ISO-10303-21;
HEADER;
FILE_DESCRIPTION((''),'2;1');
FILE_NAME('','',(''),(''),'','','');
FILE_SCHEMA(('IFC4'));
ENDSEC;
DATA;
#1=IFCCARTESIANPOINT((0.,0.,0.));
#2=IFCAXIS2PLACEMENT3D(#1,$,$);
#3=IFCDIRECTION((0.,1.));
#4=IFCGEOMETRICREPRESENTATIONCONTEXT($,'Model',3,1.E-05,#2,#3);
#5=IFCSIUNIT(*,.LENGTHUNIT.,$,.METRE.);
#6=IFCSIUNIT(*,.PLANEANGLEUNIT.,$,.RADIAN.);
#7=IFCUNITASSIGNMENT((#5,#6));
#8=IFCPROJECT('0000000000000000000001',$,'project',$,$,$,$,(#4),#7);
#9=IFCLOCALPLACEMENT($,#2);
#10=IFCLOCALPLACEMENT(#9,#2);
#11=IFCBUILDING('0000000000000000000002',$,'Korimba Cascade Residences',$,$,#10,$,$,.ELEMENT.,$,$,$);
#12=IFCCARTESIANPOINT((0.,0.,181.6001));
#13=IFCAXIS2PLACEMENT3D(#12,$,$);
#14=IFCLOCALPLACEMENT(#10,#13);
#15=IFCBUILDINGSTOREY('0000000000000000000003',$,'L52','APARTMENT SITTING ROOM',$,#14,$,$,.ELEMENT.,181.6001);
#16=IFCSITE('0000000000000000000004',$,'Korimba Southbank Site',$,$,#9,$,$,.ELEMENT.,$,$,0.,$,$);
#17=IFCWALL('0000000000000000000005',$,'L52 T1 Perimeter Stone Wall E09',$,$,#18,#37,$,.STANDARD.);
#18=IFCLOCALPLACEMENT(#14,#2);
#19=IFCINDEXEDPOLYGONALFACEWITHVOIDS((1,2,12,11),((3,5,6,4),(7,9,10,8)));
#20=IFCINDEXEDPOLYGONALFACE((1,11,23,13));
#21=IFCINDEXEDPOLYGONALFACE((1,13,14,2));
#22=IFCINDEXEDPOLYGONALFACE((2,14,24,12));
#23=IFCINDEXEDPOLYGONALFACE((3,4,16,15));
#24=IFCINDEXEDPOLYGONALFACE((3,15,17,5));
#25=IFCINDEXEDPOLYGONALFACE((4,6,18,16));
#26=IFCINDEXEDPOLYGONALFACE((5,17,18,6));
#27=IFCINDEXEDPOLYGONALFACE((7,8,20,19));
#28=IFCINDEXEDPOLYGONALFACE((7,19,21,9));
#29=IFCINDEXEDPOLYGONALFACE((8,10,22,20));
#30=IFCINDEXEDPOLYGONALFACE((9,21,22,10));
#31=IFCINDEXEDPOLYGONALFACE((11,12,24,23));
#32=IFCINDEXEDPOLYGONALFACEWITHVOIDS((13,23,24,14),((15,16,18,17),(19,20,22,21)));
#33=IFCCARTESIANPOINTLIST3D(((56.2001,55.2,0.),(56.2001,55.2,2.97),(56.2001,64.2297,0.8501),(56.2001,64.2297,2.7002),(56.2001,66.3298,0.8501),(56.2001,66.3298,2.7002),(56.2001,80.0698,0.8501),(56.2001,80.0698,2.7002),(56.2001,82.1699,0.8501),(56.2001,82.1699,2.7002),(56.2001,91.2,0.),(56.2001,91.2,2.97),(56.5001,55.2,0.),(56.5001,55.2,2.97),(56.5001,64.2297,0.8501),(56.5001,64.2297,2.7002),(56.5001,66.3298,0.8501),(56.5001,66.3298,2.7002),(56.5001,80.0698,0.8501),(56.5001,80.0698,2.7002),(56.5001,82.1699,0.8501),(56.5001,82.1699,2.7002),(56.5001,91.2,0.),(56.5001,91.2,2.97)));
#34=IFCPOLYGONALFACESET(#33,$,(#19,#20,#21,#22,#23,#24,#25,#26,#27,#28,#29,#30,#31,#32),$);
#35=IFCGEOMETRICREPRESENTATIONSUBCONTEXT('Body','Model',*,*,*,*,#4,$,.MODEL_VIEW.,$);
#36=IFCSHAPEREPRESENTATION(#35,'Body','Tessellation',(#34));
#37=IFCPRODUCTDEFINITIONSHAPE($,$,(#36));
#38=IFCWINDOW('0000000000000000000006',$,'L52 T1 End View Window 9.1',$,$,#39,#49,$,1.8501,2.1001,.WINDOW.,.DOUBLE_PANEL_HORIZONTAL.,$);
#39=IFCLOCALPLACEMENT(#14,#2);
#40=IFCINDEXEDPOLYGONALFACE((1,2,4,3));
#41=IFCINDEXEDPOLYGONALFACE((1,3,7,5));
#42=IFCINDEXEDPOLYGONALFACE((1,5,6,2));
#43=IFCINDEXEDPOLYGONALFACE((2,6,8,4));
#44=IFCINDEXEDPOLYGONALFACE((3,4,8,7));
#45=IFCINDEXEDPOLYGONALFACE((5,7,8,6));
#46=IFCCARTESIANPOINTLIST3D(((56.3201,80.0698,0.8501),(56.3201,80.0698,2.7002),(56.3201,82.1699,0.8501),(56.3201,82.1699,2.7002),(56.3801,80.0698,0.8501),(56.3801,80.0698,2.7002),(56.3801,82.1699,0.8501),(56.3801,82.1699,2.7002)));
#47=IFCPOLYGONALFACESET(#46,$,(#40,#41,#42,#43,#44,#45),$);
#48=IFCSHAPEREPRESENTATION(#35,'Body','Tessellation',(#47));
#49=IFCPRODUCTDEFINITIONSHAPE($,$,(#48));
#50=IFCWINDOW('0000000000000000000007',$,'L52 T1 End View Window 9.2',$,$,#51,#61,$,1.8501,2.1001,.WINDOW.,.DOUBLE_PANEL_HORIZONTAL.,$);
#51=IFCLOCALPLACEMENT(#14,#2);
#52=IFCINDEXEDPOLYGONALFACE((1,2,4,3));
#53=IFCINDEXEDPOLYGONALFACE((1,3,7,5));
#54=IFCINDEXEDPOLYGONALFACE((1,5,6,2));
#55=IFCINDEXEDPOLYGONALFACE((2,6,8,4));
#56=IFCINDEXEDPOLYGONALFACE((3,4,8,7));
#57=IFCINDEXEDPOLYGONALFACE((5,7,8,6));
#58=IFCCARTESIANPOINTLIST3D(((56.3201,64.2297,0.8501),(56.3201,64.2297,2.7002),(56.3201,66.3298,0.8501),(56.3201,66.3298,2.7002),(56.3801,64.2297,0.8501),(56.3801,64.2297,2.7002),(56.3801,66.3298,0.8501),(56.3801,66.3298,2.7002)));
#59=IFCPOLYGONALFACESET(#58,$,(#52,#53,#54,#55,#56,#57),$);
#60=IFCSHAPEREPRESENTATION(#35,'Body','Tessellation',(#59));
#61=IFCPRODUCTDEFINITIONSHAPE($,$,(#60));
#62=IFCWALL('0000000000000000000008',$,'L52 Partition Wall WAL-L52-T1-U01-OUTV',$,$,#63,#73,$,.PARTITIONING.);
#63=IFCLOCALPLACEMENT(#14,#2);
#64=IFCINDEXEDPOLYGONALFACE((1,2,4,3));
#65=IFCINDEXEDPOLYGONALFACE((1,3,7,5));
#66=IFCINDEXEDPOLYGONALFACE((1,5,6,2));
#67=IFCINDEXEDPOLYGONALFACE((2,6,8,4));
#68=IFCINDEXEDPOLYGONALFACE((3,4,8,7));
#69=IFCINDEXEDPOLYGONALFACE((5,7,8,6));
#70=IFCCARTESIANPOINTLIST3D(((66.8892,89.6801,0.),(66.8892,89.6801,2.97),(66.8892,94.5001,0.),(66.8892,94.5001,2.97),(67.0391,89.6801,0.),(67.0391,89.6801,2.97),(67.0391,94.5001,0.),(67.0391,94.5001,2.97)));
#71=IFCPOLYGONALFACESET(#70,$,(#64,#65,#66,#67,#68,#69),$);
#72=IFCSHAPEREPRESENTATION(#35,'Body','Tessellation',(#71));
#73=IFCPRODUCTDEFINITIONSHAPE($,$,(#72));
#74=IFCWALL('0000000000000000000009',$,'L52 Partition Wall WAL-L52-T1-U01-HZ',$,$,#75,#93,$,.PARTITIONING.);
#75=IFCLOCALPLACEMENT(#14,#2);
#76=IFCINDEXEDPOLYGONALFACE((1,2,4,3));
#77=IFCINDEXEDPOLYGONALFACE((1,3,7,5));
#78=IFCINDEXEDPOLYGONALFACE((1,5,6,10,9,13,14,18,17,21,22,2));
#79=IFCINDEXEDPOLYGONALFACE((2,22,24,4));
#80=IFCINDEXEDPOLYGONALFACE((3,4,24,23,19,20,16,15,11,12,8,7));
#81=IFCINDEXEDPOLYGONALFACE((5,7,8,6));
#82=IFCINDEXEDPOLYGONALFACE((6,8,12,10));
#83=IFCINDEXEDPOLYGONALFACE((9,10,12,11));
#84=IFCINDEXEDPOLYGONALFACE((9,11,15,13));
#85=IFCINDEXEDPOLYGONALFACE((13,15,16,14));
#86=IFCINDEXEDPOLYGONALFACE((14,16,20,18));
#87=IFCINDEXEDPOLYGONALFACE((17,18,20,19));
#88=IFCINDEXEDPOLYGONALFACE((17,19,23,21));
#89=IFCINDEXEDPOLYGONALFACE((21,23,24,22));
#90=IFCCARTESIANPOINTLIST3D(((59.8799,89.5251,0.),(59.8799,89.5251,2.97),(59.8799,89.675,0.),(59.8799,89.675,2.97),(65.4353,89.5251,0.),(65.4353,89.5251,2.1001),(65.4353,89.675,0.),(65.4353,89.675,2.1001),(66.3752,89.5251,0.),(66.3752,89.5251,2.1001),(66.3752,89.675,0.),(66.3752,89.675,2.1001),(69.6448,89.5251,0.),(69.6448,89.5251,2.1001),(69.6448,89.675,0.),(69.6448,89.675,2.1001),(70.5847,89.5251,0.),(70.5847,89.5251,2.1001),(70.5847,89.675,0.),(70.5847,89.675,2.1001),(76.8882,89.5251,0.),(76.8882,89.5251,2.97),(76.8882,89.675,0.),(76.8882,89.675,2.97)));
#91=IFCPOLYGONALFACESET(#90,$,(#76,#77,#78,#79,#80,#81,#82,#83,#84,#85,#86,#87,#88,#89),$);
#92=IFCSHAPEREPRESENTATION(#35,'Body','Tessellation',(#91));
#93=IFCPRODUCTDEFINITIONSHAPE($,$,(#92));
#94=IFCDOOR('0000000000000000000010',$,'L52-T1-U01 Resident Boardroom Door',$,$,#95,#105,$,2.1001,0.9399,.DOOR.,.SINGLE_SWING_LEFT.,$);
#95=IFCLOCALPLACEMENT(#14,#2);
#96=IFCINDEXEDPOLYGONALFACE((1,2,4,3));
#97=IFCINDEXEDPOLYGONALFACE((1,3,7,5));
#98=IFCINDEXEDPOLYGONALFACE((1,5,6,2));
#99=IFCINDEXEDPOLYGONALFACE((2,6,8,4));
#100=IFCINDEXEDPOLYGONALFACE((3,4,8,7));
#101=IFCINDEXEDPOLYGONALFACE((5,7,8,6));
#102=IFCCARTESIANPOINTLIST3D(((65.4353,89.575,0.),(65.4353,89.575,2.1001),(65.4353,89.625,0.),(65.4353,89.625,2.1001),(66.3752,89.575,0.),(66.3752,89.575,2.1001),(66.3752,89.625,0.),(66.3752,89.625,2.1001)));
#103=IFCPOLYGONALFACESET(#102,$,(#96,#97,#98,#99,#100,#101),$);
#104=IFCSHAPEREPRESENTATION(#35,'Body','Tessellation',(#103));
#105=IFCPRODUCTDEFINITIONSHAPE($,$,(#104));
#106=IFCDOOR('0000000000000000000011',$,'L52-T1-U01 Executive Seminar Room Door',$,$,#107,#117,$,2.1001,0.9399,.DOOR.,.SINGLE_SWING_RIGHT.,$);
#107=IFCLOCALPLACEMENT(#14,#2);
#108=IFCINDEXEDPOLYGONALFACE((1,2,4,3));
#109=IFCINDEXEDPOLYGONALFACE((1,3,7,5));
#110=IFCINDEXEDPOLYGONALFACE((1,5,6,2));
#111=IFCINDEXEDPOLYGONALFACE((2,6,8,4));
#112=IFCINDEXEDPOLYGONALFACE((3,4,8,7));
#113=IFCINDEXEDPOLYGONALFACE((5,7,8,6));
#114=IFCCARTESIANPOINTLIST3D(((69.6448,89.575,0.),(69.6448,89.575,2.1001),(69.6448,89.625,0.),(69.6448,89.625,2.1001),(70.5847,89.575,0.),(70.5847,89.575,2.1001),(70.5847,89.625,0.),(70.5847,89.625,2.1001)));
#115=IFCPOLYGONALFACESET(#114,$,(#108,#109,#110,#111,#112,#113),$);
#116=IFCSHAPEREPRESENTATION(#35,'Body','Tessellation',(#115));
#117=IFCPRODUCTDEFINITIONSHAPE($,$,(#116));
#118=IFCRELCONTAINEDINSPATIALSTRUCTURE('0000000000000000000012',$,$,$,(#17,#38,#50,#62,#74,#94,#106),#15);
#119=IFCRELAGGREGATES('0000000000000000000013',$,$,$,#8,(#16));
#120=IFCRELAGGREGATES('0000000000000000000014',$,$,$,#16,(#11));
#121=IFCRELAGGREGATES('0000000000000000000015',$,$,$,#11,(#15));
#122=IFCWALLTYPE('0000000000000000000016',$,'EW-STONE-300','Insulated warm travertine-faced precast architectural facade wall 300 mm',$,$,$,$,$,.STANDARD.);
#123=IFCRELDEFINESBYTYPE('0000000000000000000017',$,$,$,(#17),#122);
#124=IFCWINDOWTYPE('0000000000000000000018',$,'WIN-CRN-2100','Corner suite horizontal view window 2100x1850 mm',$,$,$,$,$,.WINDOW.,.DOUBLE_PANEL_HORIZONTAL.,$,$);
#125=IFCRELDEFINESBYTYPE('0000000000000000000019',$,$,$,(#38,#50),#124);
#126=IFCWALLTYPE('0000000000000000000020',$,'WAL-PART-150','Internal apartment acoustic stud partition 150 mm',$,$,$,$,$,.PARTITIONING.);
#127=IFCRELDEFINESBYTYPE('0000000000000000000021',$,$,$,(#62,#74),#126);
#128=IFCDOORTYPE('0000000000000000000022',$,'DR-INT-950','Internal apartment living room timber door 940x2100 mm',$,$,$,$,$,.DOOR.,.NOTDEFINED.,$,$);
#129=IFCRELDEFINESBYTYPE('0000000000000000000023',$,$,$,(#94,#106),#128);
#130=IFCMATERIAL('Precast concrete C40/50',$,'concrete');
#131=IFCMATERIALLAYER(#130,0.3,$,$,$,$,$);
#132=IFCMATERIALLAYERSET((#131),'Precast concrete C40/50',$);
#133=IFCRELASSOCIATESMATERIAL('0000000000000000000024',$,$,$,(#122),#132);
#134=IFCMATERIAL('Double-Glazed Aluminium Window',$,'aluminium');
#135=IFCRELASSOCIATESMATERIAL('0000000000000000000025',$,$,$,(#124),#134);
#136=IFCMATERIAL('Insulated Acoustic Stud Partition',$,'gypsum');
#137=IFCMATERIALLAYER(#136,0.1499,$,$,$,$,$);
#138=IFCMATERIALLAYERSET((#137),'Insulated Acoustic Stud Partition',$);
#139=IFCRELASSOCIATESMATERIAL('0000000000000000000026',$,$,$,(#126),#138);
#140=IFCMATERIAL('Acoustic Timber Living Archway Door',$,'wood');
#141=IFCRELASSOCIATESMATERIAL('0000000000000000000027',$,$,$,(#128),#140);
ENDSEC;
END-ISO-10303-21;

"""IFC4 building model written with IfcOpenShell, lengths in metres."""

from ifc_helpers import new_model, si_unit, direction, frame, frame_2d, origin, place, context, subcontext, project, spatial, rectangle, extrude, material, layer, layer_set, type_object, element, fill, save


model = new_model("IFC4")

# Units and contexts
model_context = context("Model", 3, precision=1e-05, world=origin(), true_north=direction((0.0, 1.0)))
body_context = subcontext(model_context, "Body", "Model", "MODEL_VIEW")
ifc_project = project(units=[si_unit("LENGTHUNIT", "METRE"), si_unit("PLANEANGLEUNIT", "RADIAN")], contexts=[model_context])

# Site, building, storey
site_placement = place(None, origin())
site = spatial("IfcSite", under=ifc_project, at=site_placement, Name="Korimba Southbank Site", CompositionType="ELEMENT", RefElevation=0.0)
building_placement = place(site_placement, origin())
building = spatial("IfcBuilding", under=site, at=building_placement, Name="Korimba Cascade Residences", CompositionType="ELEMENT")
storey_placement = place(building_placement, frame((0.0, 0.0, 181.6001)))
storey = spatial("IfcBuildingStorey", under=building, at=storey_placement, Name="L52", Description="APARTMENT SITTING ROOM", CompositionType="ELEMENT", Elevation=181.6001)

# Shared definitions
ifc_material_1 = material(Name="Precast concrete C40/50", Category="concrete")
ifc_layer_1 = layer(ifc_material_1, 0.3)
ifc_layer_set_1 = layer_set([ifc_layer_1], Name="Precast concrete C40/50")
wall_type_1 = type_object("IfcWallType", Name="EW-STONE-300", Description="Insulated warm travertine-faced precast architectural facade wall 300 mm", PredefinedType="STANDARD", material=ifc_layer_set_1)

# Wall, openings, windows
wall_1_placement = place(storey_placement, frame((56.3501, 91.2, 0.0), z_axis=(0.0, 0.0, 1.0), x_axis=(0.0, -1.0, 0.0)))
wall_1 = element("IfcWall", 1, at=wall_1_placement, inside=storey, type_object=wall_type_1, Name="L52 T1 Perimeter Stone Wall E09", PredefinedType="STANDARD", context=body_context, shape_type="SweptSolid", body=[
    extrude(rectangle(XDim=36.0, YDim=0.3, at=frame_2d((18.0, 0.0))), origin(), (0.0, 0.0, 1.0), 2.97),
])
opening_1_placement = place(wall_1_placement, frame((9.03, 0.0, 0.8501)))
opening_1 = element("IfcOpeningElement", 2, at=opening_1_placement, cuts=wall_1, PredefinedType="OPENING", context=body_context, shape_type="SweptSolid", body=[
    extrude(rectangle(XDim=2.1001, YDim=1.8501, at=frame_2d((1.05, 0.925))), frame((0.0, 0.1602, 0.0), z_axis=(0.0, -1.0, 0.0), x_axis=(1.0, 0.0, 0.0)), (0.0, 0.0, 1.0), 0.3201),
])
opening_2_placement = place(wall_1_placement, frame((24.8701, 0.0, 0.8501)))
opening_2 = element("IfcOpeningElement", 3, at=opening_2_placement, cuts=wall_1, PredefinedType="OPENING", context=body_context, shape_type="SweptSolid", body=[
    extrude(rectangle(XDim=2.1001, YDim=1.8501, at=frame_2d((1.05, 0.925))), frame((0.0, 0.1602, 0.0), z_axis=(0.0, -1.0, 0.0), x_axis=(1.0, 0.0, 0.0)), (0.0, 0.0, 1.0), 0.3201),
])
ifc_material_2 = material(Name="Double-Glazed Aluminium Window", Category="aluminium")
window_type = type_object("IfcWindowType", Name="WIN-CRN-2100", Description="Corner suite horizontal view window 2100x1850 mm", PartitioningType="DOUBLE_PANEL_HORIZONTAL", PredefinedType="WINDOW", material=ifc_material_2)
window_1_placement = place(opening_1_placement, origin())
window_1 = element("IfcWindow", 4, at=window_1_placement, inside=storey, type_object=window_type, Name="L52 T1 End View Window 9.1", OverallHeight=1.8501, OverallWidth=2.1001, PartitioningType="DOUBLE_PANEL_HORIZONTAL", PredefinedType="WINDOW", context=body_context, shape_type="SweptSolid", body=[
    extrude(rectangle(XDim=2.1001, YDim=1.8501, at=frame_2d((1.05, 0.925))), frame((0.0, 0.03, 0.0), z_axis=(0.0, -1.0, 0.0), x_axis=(1.0, 0.0, 0.0)), (0.0, 0.0, 1.0), 0.0601),
])
fill(opening_1, window_1)
window_2_placement = place(opening_2_placement, origin())
window_2 = element("IfcWindow", 5, at=window_2_placement, inside=storey, type_object=window_type, Name="L52 T1 End View Window 9.2", OverallHeight=1.8501, OverallWidth=2.1001, PartitioningType="DOUBLE_PANEL_HORIZONTAL", PredefinedType="WINDOW", context=body_context, shape_type="SweptSolid", body=[
    extrude(rectangle(XDim=2.1001, YDim=1.8501, at=frame_2d((1.05, 0.925))), frame((0.0, 0.03, 0.0), z_axis=(0.0, -1.0, 0.0), x_axis=(1.0, 0.0, 0.0)), (0.0, 0.0, 1.0), 0.0601),
])
fill(opening_2, window_2)

# Wall
ifc_material_3 = material(Name="Insulated Acoustic Stud Partition", Category="gypsum")
ifc_layer_2 = layer(ifc_material_3, 0.1499)
ifc_layer_set_2 = layer_set([ifc_layer_2], Name="Insulated Acoustic Stud Partition")
wall_type_2 = type_object("IfcWallType", Name="WAL-PART-150", Description="Internal apartment acoustic stud partition 150 mm", PredefinedType="PARTITIONING", material=ifc_layer_set_2)
wall_2_placement = place(storey_placement, frame((66.9641, 89.6799, 0.0), z_axis=(0.0, 0.0, 1.0), x_axis=(0.0, 1.0, 0.0)))
element("IfcWall", 6, at=wall_2_placement, inside=storey, type_object=wall_type_2, Name="L52 Partition Wall WAL-L52-T1-U01-OUTV", PredefinedType="PARTITIONING", context=body_context, shape_type="SweptSolid", body=[
    extrude(rectangle(XDim=4.8201, YDim=0.1499, at=frame_2d((2.4102, 0.0))), origin(), (0.0, 0.0, 1.0), 2.97),
])

# Wall, openings, doors
wall_3_placement = place(storey_placement, frame((59.8799, 89.6001, 0.0), z_axis=(0.0, 0.0, 1.0), x_axis=(1.0, 0.0, 0.0)))
wall_3 = element("IfcWall", 7, at=wall_3_placement, inside=storey, type_object=wall_type_2, Name="L52 Partition Wall WAL-L52-T1-U01-HZ", PredefinedType="PARTITIONING", context=body_context, shape_type="SweptSolid", body=[
    extrude(rectangle(XDim=17.0083, YDim=0.1499, at=frame_2d((8.5042, 0.0))), origin(), (0.0, 0.0, 1.0), 2.97),
])
opening_3_placement = place(wall_3_placement, frame((5.5554, 0.0, 0.0)))
opening_3 = element("IfcOpeningElement", 8, at=opening_3_placement, cuts=wall_3, PredefinedType="OPENING", context=body_context, shape_type="SweptSolid", body=[
    extrude(rectangle(XDim=0.9399, YDim=2.1001, at=frame_2d((0.47, 1.05))), frame((0.0, 0.085, 0.0), z_axis=(0.0, -1.0, 0.0), x_axis=(1.0, 0.0, 0.0)), (0.0, 0.0, 1.0), 0.1699),
])
opening_4_placement = place(wall_3_placement, frame((9.7649, 0.0, 0.0)))
opening_4 = element("IfcOpeningElement", 9, at=opening_4_placement, cuts=wall_3, PredefinedType="OPENING", context=body_context, shape_type="SweptSolid", body=[
    extrude(rectangle(XDim=0.9399, YDim=2.1001, at=frame_2d((0.47, 1.05))), frame((0.0, 0.085, 0.0), z_axis=(0.0, -1.0, 0.0), x_axis=(1.0, 0.0, 0.0)), (0.0, 0.0, 1.0), 0.1699),
])
ifc_material_4 = material(Name="Acoustic Timber Living Archway Door", Category="wood")
door_type = type_object("IfcDoorType", Name="DR-INT-950", Description="Internal apartment living room timber door 940x2100 mm", OperationType="NOTDEFINED", PredefinedType="DOOR", material=ifc_material_4)
door_1_placement = place(opening_3_placement, origin())
door_1 = element("IfcDoor", 10, at=door_1_placement, inside=storey, type_object=door_type, Name="L52-T1-U01 Resident Boardroom Door", OperationType="SINGLE_SWING_LEFT", OverallHeight=2.1001, OverallWidth=0.9399, PredefinedType="DOOR", context=body_context, shape_type="SweptSolid", body=[
    extrude(rectangle(XDim=0.9399, YDim=2.1001, at=frame_2d((0.47, 1.05))), frame((0.0, 0.0249, 0.0), z_axis=(0.0, -1.0, 0.0), x_axis=(1.0, 0.0, 0.0)), (0.0, 0.0, 1.0), 0.05),
])
fill(opening_3, door_1)
door_2_placement = place(opening_4_placement, origin())
door_2 = element("IfcDoor", 11, at=door_2_placement, inside=storey, type_object=door_type, Name="L52-T1-U01 Executive Seminar Room Door", OperationType="SINGLE_SWING_RIGHT", OverallHeight=2.1001, OverallWidth=0.9399, PredefinedType="DOOR", context=body_context, shape_type="SweptSolid", body=[
    extrude(rectangle(XDim=0.9399, YDim=2.1001, at=frame_2d((0.47, 1.05))), frame((0.0, 0.0249, 0.0), z_axis=(0.0, -1.0, 0.0), x_axis=(1.0, 0.0, 0.0)), (0.0, 0.0, 1.0), 0.05),
])
fill(opening_4, door_2)

save(model, "model.ifc")
